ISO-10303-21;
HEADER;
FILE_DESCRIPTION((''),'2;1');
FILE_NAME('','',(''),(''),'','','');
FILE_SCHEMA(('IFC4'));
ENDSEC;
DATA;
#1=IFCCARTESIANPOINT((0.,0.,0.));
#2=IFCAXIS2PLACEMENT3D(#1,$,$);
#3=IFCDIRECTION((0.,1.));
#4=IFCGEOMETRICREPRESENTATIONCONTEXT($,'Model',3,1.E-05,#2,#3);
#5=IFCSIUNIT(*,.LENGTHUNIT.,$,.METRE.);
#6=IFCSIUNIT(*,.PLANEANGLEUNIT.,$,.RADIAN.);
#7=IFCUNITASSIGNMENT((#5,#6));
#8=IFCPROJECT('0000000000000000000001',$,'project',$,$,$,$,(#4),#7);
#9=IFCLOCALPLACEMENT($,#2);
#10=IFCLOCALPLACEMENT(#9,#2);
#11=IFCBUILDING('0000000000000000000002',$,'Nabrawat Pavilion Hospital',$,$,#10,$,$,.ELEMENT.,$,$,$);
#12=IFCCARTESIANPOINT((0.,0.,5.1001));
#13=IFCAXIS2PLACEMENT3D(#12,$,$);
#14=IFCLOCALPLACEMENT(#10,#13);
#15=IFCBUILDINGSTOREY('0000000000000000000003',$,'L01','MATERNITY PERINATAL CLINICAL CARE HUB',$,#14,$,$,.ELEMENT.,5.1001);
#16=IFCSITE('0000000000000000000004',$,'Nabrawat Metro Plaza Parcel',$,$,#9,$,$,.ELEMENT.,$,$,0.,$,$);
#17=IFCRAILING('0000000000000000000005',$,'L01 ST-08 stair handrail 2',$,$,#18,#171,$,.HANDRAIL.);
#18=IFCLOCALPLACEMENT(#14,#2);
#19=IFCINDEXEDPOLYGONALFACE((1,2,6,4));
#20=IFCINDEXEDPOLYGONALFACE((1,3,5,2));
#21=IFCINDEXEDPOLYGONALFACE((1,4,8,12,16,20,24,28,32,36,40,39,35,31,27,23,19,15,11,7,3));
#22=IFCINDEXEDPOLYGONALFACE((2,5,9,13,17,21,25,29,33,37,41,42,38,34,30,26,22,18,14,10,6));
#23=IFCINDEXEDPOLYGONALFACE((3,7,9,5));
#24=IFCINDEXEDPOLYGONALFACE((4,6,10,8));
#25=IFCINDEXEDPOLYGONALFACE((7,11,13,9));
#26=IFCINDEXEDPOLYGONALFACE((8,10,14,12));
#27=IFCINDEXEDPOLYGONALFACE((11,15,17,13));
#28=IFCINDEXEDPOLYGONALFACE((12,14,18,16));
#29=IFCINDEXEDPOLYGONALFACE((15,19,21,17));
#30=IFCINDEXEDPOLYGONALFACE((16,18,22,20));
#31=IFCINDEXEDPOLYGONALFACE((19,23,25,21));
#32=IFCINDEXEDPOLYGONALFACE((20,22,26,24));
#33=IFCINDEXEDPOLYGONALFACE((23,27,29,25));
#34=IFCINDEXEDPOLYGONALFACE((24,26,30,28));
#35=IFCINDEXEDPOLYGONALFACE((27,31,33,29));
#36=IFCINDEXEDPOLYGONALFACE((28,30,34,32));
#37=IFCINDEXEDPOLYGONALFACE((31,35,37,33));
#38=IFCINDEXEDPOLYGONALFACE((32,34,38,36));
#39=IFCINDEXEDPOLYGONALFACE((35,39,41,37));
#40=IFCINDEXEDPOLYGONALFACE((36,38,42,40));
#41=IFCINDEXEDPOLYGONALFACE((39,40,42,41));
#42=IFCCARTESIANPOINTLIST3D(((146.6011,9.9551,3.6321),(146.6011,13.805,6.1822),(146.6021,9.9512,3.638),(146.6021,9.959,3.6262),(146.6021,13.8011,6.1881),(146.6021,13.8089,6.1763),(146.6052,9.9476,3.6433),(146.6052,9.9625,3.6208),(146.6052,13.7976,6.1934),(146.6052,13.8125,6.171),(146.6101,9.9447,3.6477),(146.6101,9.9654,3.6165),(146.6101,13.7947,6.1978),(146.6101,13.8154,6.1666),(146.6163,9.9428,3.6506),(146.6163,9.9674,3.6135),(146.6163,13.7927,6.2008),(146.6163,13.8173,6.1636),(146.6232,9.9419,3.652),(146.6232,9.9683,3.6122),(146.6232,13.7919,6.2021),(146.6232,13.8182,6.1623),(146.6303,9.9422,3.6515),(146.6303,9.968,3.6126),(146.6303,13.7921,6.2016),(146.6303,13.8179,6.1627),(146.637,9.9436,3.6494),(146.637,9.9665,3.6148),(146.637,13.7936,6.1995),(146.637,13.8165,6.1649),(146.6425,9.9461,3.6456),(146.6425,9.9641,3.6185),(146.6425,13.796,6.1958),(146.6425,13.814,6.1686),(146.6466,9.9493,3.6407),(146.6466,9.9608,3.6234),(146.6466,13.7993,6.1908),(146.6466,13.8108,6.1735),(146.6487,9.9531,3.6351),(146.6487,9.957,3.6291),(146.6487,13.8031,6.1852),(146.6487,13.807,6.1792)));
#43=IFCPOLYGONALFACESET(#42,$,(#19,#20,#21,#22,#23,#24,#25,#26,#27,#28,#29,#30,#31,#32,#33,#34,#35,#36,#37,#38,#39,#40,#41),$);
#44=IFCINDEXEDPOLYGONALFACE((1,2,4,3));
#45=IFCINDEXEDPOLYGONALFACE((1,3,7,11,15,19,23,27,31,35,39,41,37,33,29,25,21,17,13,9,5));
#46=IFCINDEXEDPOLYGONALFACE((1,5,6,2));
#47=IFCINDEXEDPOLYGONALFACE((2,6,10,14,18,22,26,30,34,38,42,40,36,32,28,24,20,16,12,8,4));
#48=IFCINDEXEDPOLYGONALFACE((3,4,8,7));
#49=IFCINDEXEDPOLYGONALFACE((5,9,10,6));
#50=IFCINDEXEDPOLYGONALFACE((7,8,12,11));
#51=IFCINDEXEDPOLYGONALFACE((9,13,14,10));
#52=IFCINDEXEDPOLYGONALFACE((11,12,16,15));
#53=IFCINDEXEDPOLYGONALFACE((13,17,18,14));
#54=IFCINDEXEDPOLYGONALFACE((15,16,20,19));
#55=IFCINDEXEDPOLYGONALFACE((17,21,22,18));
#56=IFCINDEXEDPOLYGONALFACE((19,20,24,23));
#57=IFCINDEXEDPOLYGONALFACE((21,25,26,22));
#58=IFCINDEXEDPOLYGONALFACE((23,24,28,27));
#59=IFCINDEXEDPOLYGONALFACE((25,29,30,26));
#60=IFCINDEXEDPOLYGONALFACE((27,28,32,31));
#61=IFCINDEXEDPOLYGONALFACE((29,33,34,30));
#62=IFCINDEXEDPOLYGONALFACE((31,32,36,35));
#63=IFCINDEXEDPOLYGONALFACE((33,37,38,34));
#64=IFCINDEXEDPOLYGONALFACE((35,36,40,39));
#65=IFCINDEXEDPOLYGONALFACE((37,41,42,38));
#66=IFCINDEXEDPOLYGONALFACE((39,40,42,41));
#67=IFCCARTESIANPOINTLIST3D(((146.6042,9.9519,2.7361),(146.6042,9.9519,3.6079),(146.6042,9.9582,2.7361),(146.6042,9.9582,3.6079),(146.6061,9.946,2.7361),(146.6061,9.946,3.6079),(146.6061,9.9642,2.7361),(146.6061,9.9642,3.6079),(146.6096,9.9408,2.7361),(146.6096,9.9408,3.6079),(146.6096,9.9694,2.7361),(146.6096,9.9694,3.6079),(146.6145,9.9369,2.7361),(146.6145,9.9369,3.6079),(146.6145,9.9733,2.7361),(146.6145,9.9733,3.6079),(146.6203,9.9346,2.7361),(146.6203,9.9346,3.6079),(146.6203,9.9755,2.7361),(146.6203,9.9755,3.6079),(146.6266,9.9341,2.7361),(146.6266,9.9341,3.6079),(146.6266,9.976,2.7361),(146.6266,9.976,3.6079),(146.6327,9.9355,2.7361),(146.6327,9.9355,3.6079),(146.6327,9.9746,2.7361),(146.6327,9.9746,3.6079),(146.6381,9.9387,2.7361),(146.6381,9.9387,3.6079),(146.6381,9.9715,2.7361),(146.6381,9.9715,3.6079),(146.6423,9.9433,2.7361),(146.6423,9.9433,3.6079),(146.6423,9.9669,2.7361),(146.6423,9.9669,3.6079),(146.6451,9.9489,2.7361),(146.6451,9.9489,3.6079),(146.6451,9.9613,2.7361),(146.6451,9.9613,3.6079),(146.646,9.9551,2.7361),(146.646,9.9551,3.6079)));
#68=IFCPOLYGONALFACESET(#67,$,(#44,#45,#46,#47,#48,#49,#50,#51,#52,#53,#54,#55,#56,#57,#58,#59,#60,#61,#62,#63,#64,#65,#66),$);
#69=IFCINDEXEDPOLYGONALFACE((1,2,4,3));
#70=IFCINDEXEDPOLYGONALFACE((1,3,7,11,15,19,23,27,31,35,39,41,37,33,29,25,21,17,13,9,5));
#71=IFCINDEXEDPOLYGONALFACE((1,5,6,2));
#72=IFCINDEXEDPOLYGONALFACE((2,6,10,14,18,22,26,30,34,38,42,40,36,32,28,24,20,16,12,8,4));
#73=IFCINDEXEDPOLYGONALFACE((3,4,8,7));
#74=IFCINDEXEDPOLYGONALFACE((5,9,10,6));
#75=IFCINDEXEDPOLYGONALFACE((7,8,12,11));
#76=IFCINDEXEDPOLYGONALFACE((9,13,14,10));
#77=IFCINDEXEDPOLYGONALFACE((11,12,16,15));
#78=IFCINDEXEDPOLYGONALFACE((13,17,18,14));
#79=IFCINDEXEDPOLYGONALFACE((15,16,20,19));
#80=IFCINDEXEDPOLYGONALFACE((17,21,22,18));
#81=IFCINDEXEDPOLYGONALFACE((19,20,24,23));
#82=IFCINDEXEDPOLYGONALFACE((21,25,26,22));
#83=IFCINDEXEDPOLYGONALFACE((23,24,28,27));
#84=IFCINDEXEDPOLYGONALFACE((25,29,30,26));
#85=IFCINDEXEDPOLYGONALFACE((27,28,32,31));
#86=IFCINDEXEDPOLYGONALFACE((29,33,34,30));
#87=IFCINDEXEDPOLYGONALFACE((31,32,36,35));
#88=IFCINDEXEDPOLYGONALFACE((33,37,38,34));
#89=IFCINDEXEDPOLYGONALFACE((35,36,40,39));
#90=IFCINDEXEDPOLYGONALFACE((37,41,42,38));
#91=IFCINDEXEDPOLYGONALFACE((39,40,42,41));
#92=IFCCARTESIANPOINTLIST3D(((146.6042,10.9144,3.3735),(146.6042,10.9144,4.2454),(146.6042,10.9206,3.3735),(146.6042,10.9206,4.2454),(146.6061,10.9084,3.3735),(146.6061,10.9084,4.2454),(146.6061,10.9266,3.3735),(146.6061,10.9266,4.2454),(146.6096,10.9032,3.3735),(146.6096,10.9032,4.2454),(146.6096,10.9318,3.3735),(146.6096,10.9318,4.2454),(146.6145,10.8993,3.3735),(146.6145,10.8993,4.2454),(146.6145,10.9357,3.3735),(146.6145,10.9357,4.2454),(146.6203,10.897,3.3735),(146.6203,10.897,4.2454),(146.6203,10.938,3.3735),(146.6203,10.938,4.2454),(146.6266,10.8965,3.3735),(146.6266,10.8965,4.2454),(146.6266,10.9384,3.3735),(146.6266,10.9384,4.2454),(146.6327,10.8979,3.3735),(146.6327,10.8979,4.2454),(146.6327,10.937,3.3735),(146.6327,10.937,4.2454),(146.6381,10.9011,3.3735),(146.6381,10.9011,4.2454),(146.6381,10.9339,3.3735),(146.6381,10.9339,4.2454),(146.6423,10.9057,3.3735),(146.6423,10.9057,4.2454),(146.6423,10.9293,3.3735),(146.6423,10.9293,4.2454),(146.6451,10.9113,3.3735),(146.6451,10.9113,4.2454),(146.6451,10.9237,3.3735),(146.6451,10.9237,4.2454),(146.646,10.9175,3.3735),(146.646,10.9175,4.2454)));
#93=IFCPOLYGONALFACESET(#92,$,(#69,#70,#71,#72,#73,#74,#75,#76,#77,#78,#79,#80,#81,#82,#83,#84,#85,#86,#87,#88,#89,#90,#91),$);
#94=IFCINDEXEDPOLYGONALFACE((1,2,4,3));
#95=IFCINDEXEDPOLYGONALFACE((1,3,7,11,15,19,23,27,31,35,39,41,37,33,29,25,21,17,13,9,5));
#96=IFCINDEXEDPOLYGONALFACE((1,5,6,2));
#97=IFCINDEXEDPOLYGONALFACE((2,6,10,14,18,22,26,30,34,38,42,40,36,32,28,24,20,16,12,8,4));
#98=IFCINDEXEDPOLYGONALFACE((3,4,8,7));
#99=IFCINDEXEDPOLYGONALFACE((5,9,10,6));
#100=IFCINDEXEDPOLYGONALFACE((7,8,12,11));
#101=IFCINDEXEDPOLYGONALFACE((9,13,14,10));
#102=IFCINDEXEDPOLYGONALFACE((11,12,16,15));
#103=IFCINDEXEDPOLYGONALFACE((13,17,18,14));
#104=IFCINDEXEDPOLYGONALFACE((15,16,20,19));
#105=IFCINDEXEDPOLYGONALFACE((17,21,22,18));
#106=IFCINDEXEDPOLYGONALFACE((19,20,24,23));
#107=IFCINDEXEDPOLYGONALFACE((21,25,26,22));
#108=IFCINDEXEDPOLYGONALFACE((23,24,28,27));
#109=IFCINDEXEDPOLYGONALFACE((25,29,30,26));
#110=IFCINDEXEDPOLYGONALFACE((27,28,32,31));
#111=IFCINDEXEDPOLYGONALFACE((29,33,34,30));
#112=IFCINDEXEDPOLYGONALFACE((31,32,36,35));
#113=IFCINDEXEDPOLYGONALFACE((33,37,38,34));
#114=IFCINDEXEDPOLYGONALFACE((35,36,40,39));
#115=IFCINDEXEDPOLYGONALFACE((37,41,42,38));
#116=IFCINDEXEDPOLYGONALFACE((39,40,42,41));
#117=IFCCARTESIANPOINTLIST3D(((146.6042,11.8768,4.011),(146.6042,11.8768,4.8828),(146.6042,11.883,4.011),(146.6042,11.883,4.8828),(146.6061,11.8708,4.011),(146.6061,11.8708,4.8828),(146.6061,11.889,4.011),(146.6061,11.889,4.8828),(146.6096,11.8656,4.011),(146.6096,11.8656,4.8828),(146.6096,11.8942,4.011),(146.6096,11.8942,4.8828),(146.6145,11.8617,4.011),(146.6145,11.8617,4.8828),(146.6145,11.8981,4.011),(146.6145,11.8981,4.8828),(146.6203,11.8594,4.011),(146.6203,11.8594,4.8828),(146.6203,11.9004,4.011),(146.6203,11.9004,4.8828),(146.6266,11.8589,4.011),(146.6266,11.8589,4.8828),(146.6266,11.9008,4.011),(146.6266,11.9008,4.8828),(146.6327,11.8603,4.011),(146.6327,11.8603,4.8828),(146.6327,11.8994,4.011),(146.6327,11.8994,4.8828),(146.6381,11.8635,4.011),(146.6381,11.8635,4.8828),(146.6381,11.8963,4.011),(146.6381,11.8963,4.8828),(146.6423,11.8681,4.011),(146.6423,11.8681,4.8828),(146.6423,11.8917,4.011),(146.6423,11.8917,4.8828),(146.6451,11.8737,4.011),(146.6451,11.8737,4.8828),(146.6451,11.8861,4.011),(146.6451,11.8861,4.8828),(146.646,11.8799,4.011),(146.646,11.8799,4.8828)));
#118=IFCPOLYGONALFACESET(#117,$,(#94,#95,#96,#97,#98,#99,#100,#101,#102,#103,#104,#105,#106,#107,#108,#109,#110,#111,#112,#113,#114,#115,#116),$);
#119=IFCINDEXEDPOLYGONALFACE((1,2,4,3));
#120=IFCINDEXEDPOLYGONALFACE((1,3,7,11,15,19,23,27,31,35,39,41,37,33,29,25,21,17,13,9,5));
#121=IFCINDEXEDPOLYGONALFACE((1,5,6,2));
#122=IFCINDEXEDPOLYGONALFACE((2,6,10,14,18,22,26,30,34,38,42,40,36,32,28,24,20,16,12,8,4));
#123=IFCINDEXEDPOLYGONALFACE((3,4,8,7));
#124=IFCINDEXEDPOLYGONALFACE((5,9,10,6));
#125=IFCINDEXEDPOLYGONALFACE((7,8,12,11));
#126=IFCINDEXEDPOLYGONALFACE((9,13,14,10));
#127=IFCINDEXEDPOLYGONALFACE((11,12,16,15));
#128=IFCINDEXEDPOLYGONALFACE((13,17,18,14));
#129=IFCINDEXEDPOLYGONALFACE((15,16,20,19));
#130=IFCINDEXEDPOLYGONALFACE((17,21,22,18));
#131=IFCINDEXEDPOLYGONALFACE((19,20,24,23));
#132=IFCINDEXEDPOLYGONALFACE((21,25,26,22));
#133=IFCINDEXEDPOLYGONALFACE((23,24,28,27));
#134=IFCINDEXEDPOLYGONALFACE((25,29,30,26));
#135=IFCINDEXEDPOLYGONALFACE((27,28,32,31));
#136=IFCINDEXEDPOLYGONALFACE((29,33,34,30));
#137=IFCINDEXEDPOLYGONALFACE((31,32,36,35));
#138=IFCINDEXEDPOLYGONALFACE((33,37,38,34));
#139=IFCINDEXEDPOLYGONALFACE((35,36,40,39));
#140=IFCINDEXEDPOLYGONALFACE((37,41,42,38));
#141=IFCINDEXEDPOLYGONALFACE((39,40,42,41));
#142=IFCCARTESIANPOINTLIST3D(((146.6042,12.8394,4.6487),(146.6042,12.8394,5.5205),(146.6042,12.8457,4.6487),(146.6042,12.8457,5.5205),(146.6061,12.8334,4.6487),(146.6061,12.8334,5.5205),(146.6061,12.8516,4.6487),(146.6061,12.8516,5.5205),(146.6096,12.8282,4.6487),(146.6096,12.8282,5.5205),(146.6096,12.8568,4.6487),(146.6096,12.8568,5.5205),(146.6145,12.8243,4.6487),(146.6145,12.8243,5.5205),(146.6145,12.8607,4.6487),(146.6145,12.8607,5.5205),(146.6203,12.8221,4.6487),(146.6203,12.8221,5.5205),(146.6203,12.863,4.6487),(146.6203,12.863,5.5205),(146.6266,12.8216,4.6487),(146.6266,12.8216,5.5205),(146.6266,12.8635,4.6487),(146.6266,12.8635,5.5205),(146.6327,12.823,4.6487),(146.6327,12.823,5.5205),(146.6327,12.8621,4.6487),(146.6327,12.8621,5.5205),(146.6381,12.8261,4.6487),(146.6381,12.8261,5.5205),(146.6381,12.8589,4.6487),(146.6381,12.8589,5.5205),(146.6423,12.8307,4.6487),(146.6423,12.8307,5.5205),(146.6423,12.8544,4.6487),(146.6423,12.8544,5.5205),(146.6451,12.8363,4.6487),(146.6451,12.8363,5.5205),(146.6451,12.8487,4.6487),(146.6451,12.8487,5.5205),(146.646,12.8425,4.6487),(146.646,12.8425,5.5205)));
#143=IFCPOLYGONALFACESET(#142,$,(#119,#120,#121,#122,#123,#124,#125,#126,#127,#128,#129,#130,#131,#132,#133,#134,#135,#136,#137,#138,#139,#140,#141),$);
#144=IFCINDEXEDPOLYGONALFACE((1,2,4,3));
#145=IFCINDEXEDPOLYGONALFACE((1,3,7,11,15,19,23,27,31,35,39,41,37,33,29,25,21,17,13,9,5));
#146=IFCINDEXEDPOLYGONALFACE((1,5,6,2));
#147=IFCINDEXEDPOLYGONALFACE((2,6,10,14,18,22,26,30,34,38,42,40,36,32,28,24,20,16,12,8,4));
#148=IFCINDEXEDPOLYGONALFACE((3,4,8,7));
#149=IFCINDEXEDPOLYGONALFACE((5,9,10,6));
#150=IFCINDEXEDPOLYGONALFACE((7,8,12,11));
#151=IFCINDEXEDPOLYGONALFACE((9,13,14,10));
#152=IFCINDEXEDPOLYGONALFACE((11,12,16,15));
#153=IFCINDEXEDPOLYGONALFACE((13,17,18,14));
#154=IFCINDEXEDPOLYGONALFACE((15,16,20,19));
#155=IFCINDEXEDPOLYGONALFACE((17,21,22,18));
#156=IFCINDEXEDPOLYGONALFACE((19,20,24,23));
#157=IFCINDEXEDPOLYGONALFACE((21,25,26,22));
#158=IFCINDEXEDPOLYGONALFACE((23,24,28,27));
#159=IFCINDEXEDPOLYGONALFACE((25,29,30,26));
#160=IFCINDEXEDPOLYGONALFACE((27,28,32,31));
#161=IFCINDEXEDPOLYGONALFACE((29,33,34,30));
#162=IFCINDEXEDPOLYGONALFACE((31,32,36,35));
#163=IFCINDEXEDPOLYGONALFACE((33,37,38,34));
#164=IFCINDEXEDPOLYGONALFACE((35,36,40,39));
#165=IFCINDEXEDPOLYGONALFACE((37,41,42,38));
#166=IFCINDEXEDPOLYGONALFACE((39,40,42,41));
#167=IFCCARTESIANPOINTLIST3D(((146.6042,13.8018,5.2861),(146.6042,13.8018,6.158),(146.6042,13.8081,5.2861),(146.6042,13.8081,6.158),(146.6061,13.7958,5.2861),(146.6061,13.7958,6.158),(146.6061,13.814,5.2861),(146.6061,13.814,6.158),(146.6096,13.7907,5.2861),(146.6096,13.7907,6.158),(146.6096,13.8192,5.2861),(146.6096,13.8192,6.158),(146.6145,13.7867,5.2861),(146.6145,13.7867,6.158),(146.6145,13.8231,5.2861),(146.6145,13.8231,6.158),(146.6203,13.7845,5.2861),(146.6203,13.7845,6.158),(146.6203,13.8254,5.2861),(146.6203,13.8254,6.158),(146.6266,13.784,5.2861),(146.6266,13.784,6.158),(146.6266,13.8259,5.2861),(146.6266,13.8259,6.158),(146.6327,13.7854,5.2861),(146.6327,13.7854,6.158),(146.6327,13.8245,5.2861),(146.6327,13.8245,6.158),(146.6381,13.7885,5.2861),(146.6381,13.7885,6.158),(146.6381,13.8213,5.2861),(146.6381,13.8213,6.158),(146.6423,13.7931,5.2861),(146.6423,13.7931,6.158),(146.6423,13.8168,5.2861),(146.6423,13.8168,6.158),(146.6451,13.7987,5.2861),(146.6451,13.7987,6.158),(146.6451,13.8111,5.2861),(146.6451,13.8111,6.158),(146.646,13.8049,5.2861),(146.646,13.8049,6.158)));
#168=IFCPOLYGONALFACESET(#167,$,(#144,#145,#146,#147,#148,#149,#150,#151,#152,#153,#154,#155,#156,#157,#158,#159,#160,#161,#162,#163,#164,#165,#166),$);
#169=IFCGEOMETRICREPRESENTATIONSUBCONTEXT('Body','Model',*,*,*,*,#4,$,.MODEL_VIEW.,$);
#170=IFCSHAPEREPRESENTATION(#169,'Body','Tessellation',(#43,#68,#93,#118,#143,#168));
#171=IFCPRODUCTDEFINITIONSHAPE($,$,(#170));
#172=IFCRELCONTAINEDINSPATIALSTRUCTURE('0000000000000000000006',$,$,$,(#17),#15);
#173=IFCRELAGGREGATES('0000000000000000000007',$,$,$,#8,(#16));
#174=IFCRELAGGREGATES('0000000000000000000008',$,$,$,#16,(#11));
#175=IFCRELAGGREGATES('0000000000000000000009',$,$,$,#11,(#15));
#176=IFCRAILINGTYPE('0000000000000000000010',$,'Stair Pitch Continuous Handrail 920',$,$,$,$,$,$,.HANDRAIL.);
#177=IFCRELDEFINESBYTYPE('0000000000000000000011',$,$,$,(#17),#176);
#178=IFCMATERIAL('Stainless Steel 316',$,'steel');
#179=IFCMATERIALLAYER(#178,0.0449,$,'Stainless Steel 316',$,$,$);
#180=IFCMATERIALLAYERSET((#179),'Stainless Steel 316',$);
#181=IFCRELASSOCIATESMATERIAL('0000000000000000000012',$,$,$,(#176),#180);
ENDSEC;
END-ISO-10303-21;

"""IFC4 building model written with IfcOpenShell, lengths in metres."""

from ifc_helpers import new_model, si_unit, direction, frame, origin, origin_2d, place, context, subcontext, project, spatial, circle, extrude, material, layer, layer_set, type_object, element, save


model = new_model("IFC4")

# Units and contexts
model_context = context("Model", 3, precision=1e-05, world=origin(), true_north=direction((0.0, 1.0)))
body_context = subcontext(model_context, "Body", "Model", "MODEL_VIEW")
ifc_project = project(units=[si_unit("LENGTHUNIT", "METRE"), si_unit("PLANEANGLEUNIT", "RADIAN")], contexts=[model_context])

# Site, building, storey
site_placement = place(None, origin())
site = spatial("IfcSite", under=ifc_project, at=site_placement, Name="Nabrawat Metro Plaza Parcel", CompositionType="ELEMENT", RefElevation=0.0)
building_placement = place(site_placement, origin())
building = spatial("IfcBuilding", under=site, at=building_placement, Name="Nabrawat Pavilion Hospital", CompositionType="ELEMENT")
storey_placement = place(building_placement, frame((0.0, 0.0, 5.1001)))
storey = spatial("IfcBuildingStorey", under=building, at=storey_placement, Name="L01", Description="MATERNITY PERINATAL CLINICAL CARE HUB", CompositionType="ELEMENT", Elevation=5.1001)

# Railing
ifc_material_1 = material(Name="Stainless Steel 316", Category="steel")
ifc_layer_1 = layer(ifc_material_1, 0.0449, Name="Stainless Steel 316")
ifc_layer_set_1 = layer_set([ifc_layer_1], Name="Stainless Steel 316")
railing_type_1 = type_object("IfcRailingType", Name="Stair Pitch Continuous Handrail 920", PredefinedType="HANDRAIL", material=ifc_layer_set_1)
railing_1_placement = place(storey_placement, frame((146.625, 9.9551, 2.7361)))
element("IfcRailing", 1, at=railing_1_placement, inside=storey, type_object=railing_type_1, Name="L01 ST-08 stair handrail 2", PredefinedType="HANDRAIL", context=body_context, shape_type="SweptSolid", body=[
    extrude(circle(Radius=0.0239, at=origin_2d()), frame((0.0, 0.0, 0.896), z_axis=(0.0, 0.833698, 0.552221), x_axis=(-1.0, 0.0, 0.0)), (0.0, 0.0, 1.0), 4.6179),
    extrude(circle(Radius=0.021, at=origin_2d()), origin(), (0.0, 0.0, 1.0), 0.8718),
    extrude(circle(Radius=0.021, at=origin_2d()), frame((0.0, 0.9624, 0.6375)), (0.0, 0.0, 1.0), 0.8718),
    extrude(circle(Radius=0.021, at=origin_2d()), frame((0.0, 1.9248, 1.2749)), (0.0, 0.0, 1.0), 0.8718),
    extrude(circle(Radius=0.021, at=origin_2d()), frame((0.0, 2.8875, 1.9126)), (0.0, 0.0, 1.0), 0.8718),
    extrude(circle(Radius=0.021, at=origin_2d()), frame((0.0, 3.8499, 2.55)), (0.0, 0.0, 1.0), 0.8718),
])

save(model, "model.ifc")
